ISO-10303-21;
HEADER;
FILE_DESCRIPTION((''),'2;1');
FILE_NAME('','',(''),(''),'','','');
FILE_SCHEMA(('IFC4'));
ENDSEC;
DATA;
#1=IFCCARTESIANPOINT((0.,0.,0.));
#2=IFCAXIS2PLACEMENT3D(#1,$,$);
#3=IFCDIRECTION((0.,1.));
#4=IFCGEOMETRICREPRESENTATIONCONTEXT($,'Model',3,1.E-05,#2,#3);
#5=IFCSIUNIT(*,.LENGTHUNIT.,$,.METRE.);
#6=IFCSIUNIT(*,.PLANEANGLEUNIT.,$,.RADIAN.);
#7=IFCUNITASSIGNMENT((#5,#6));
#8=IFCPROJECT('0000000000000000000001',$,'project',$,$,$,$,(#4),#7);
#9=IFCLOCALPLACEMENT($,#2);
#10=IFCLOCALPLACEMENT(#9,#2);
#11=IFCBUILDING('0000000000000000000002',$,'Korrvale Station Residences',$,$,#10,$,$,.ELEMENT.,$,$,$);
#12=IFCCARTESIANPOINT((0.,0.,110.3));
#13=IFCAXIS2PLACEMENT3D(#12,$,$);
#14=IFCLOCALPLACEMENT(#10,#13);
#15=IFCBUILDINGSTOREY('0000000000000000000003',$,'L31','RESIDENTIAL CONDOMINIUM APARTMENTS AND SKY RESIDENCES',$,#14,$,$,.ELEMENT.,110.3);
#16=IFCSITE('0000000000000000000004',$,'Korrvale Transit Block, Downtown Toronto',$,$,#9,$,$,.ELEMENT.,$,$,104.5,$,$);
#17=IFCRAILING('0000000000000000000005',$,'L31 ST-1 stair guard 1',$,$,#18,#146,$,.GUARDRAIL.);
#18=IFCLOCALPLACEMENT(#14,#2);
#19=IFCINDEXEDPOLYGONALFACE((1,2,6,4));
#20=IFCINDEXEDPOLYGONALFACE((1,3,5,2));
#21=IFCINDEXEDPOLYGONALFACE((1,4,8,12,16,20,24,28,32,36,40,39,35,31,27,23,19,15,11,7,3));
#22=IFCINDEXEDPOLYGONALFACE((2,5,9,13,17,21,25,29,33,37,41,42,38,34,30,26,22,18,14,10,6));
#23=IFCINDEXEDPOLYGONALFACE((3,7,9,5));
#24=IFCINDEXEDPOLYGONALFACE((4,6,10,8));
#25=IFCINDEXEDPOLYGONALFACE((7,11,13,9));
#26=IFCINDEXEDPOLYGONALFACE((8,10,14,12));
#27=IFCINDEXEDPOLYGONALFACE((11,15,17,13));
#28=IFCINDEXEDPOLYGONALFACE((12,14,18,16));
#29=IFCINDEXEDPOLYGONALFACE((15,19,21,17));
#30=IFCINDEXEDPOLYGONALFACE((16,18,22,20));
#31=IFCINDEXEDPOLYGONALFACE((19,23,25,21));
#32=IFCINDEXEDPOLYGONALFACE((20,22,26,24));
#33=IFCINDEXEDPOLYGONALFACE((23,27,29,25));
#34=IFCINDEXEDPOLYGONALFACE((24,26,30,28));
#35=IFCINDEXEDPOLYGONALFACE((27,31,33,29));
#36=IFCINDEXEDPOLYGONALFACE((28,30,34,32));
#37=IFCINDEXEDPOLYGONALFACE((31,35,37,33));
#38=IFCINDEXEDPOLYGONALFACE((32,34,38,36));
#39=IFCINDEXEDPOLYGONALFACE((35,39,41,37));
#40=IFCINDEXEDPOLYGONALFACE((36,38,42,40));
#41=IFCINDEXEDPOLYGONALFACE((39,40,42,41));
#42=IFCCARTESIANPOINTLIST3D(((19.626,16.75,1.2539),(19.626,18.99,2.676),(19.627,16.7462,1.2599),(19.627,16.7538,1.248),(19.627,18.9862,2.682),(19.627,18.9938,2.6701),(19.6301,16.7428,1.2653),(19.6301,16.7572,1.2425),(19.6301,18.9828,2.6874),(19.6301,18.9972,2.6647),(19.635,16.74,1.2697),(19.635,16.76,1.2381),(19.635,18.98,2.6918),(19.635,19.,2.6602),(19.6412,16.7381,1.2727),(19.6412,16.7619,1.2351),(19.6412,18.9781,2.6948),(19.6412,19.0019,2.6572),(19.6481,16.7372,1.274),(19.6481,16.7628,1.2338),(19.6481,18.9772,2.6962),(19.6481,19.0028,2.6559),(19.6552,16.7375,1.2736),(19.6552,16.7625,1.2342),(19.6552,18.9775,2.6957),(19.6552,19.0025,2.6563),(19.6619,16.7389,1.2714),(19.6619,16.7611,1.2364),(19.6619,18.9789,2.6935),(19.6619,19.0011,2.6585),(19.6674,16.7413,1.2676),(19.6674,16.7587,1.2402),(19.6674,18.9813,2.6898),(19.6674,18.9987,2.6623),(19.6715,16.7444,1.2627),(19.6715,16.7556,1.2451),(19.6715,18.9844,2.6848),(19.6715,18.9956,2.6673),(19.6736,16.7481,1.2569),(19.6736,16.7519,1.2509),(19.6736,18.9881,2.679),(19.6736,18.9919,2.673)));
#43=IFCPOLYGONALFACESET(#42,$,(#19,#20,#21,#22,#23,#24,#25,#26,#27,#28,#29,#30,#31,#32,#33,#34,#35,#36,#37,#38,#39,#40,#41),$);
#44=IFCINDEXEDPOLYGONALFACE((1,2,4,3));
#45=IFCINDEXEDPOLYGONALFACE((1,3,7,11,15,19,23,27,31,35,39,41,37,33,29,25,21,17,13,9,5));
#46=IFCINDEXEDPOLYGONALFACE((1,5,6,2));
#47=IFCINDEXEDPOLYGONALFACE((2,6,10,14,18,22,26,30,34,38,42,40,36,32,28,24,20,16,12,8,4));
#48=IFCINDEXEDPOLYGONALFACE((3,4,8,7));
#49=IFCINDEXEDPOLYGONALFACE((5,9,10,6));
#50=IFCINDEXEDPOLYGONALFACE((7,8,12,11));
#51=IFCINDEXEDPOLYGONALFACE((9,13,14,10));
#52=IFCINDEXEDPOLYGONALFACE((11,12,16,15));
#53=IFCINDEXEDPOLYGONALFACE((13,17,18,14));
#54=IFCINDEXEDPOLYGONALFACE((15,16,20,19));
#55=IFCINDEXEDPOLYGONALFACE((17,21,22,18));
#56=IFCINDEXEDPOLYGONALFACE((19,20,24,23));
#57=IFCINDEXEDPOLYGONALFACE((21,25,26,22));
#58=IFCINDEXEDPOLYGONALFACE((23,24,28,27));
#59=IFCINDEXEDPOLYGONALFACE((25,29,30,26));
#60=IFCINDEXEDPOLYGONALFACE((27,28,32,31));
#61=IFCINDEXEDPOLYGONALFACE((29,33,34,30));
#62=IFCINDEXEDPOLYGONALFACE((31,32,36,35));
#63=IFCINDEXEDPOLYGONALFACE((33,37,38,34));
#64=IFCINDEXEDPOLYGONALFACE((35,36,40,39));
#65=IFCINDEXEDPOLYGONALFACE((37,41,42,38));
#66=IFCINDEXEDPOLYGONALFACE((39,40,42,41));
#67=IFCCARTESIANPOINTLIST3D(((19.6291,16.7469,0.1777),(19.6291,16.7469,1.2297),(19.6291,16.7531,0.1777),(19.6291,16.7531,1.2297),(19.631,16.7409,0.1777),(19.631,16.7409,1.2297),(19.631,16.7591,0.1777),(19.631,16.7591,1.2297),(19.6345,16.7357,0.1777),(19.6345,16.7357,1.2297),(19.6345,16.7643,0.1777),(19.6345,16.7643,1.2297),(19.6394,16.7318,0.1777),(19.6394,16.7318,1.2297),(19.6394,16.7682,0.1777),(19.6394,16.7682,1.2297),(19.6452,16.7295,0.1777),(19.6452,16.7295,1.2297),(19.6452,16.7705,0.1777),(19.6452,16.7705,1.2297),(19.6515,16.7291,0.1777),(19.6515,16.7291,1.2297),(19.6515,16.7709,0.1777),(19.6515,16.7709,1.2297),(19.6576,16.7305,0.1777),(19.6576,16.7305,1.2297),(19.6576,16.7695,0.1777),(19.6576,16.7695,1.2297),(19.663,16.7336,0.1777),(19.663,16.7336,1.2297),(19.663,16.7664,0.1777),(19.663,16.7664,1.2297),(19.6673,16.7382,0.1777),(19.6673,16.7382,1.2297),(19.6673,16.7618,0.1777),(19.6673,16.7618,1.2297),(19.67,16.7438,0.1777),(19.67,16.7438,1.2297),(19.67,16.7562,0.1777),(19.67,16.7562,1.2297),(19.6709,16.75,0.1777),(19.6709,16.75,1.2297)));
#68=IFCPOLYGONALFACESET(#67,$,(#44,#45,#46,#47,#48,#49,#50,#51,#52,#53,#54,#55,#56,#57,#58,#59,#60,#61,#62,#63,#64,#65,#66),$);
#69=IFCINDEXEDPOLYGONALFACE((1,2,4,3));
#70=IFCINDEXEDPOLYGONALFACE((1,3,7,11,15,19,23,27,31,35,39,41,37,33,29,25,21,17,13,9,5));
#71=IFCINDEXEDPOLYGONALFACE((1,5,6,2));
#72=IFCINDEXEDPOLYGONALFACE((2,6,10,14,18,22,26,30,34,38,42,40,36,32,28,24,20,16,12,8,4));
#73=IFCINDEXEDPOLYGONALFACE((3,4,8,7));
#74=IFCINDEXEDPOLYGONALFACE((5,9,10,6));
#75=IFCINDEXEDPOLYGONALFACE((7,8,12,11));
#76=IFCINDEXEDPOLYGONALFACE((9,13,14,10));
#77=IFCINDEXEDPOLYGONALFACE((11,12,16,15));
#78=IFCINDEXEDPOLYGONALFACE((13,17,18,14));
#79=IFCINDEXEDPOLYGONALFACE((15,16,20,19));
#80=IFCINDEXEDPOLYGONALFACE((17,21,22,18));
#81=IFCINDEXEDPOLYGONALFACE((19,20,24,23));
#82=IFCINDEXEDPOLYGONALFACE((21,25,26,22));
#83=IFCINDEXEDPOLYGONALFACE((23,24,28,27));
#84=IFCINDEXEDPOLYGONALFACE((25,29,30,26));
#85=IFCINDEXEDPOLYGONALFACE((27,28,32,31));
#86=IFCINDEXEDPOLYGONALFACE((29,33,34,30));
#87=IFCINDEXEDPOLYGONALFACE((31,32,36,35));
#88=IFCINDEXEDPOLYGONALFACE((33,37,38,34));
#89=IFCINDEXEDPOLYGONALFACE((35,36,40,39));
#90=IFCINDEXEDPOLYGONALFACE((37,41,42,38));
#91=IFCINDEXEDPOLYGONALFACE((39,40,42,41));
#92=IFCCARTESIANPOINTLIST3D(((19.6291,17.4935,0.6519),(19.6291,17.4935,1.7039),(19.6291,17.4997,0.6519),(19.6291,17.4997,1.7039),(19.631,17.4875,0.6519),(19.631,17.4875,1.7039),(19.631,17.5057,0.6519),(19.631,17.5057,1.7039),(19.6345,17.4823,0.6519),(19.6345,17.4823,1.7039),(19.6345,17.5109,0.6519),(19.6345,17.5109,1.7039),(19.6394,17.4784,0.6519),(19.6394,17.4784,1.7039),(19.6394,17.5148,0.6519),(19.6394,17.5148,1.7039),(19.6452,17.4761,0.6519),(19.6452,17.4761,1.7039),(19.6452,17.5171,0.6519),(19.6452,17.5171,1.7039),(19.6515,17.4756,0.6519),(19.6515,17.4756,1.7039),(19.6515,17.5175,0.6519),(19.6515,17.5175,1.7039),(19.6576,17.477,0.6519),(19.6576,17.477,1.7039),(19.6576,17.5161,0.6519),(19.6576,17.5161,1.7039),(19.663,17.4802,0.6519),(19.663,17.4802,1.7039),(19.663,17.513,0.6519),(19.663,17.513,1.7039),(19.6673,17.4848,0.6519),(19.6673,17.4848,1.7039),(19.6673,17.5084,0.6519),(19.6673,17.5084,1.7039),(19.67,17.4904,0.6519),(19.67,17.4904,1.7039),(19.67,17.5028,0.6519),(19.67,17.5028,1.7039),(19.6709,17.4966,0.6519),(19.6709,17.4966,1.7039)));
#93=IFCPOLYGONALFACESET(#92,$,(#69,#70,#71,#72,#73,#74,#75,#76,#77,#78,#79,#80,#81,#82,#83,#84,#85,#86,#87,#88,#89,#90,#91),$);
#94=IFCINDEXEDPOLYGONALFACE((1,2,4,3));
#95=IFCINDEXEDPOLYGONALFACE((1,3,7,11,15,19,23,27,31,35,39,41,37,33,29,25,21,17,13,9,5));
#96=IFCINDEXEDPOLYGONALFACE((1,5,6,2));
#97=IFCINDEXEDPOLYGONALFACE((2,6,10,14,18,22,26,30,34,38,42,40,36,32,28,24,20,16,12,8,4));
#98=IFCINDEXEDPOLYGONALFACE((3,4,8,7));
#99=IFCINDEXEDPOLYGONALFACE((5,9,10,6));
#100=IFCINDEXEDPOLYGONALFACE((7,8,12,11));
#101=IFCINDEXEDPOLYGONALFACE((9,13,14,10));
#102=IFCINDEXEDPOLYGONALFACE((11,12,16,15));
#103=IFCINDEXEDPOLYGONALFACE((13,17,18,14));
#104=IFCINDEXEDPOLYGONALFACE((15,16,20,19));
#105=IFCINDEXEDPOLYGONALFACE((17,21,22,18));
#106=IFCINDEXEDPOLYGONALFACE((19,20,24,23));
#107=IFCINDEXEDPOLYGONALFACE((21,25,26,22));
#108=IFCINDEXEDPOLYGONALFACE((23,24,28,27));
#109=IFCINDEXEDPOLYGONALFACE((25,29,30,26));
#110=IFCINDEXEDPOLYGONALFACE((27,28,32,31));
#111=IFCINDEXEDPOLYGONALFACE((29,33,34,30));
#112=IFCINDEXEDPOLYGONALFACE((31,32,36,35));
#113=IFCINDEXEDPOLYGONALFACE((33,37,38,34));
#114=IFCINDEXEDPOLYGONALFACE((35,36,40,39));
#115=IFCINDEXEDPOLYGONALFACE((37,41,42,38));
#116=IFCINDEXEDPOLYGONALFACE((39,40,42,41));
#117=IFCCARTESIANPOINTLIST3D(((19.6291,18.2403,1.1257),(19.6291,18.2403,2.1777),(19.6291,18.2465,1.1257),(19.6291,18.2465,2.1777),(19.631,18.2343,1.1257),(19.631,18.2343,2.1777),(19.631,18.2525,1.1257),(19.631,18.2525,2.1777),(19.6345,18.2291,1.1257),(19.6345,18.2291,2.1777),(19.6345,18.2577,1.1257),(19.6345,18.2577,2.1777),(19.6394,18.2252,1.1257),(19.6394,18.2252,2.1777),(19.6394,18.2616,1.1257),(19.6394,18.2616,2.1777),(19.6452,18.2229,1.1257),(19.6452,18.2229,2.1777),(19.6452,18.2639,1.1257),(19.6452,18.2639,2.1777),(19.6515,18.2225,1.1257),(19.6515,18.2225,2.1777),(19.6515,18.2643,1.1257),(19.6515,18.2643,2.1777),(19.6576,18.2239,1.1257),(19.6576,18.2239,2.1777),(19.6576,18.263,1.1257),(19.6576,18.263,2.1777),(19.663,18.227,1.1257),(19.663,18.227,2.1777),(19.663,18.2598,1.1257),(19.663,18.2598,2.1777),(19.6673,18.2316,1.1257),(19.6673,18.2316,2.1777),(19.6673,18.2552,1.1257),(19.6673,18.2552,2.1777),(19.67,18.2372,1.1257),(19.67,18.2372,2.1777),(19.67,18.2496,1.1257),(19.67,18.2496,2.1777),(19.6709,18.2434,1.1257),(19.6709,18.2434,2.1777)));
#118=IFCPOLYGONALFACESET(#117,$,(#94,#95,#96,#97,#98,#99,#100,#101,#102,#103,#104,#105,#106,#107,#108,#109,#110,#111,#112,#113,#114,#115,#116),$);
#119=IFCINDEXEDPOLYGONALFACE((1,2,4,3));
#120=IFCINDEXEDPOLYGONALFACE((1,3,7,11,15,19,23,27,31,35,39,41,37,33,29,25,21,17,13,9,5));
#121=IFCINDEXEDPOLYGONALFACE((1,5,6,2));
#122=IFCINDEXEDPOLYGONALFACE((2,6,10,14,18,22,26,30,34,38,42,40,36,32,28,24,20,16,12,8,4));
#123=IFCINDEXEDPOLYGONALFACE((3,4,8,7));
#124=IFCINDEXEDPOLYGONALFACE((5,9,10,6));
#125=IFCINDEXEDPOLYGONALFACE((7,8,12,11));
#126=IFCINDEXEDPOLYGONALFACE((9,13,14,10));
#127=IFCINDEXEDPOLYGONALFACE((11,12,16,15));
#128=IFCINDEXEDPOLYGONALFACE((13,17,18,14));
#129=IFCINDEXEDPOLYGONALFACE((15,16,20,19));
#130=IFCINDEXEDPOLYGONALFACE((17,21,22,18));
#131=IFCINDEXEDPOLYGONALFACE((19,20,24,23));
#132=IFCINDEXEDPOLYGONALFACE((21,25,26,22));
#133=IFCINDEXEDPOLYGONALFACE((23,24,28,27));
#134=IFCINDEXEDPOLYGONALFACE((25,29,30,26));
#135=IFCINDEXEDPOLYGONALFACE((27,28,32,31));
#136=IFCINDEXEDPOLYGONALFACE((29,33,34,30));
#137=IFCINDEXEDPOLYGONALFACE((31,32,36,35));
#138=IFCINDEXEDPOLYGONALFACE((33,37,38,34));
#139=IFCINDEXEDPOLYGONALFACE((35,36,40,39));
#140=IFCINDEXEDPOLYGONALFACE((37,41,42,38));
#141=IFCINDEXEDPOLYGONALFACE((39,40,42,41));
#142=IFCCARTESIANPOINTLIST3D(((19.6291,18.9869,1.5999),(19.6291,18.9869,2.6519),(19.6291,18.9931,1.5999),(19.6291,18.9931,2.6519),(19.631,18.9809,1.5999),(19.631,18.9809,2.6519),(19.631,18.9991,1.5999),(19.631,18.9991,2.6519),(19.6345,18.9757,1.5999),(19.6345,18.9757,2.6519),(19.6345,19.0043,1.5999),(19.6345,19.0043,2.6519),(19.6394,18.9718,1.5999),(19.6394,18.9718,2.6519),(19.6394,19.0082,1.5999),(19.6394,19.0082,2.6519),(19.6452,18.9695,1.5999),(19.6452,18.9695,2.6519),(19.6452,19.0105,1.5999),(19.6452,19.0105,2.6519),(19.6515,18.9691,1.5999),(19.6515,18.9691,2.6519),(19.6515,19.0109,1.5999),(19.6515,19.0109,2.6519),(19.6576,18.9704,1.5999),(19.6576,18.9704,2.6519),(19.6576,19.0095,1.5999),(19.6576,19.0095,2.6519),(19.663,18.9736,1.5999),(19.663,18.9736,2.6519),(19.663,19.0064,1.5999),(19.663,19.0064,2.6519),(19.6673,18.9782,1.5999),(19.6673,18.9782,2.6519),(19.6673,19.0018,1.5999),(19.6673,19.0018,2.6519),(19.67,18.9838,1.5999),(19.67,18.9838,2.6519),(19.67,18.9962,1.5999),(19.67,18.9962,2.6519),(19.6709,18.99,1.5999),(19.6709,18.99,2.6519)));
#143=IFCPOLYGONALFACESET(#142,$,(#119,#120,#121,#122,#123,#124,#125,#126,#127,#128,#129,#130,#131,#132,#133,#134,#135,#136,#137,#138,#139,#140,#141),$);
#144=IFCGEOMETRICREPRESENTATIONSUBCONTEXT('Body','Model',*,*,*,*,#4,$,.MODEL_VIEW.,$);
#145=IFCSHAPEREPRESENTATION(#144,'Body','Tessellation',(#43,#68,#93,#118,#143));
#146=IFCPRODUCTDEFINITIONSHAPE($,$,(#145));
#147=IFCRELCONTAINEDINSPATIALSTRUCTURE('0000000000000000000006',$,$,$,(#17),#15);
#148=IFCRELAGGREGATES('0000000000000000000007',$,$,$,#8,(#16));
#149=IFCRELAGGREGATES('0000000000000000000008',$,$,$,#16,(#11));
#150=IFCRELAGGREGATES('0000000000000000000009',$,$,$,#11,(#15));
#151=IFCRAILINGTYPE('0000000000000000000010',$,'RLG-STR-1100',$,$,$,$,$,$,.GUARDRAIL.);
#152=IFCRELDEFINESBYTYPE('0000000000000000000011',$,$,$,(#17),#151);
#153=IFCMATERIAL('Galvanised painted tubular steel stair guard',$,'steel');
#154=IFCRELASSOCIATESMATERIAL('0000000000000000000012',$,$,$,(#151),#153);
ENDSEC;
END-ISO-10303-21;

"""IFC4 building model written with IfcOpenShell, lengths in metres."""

from ifc_helpers import new_model, si_unit, direction, frame, origin, origin_2d, place, context, subcontext, project, spatial, circle, extrude, material, type_object, element, save


model = new_model("IFC4")

# Units and contexts
model_context = context("Model", 3, precision=1e-05, world=origin(), true_north=direction((0.0, 1.0)))
body_context = subcontext(model_context, "Body", "Model", "MODEL_VIEW")
ifc_project = project(units=[si_unit("LENGTHUNIT", "METRE"), si_unit("PLANEANGLEUNIT", "RADIAN")], contexts=[model_context])

# Site, building, storey
site_placement = place(None, origin())
site = spatial("IfcSite", under=ifc_project, at=site_placement, Name="Korrvale Transit Block, Downtown Toronto", CompositionType="ELEMENT", RefElevation=104.5)
building_placement = place(site_placement, origin())
building = spatial("IfcBuilding", under=site, at=building_placement, Name="Korrvale Station Residences", CompositionType="ELEMENT")
storey_placement = place(building_placement, frame((0.0, 0.0, 110.3)))
storey = spatial("IfcBuildingStorey", under=building, at=storey_placement, Name="L31", Description="RESIDENTIAL CONDOMINIUM APARTMENTS AND SKY RESIDENCES", CompositionType="ELEMENT", Elevation=110.3)

# Railing
ifc_material_1 = material(Name="Galvanised painted tubular steel stair guard", Category="steel")
railing_type_1 = type_object("IfcRailingType", Name="RLG-STR-1100", PredefinedType="GUARDRAIL", material=ifc_material_1)
railing_1_placement = place(storey_placement, frame((19.6499, 16.75, 0.1777)))
element("IfcRailing", 1, at=railing_1_placement, inside=storey, type_object=railing_type_1, Name="L31 ST-1 stair guard 1", PredefinedType="GUARDRAIL", context=body_context, shape_type="SweptSolid", body=[
    extrude(circle(Radius=0.0239, at=origin_2d()), frame((0.0, 0.0, 1.0762), z_axis=(0.0, 0.844229, 0.535982), x_axis=(-1.0, 0.0, 0.0)), (0.0, 0.0, 1.0), 2.6533),
    extrude(circle(Radius=0.021, at=origin_2d()), origin(), (0.0, 0.0, 1.0), 1.052),
    extrude(circle(Radius=0.021, at=origin_2d()), frame((0.0, 0.7466, 0.4741)), (0.0, 0.0, 1.0), 1.052),
    extrude(circle(Radius=0.021, at=origin_2d()), frame((0.0, 1.4934, 0.948)), (0.0, 0.0, 1.0), 1.052),
    extrude(circle(Radius=0.021, at=origin_2d()), frame((0.0, 2.24, 1.4221)), (0.0, 0.0, 1.0), 1.052),
])

save(model, "model.ifc")
